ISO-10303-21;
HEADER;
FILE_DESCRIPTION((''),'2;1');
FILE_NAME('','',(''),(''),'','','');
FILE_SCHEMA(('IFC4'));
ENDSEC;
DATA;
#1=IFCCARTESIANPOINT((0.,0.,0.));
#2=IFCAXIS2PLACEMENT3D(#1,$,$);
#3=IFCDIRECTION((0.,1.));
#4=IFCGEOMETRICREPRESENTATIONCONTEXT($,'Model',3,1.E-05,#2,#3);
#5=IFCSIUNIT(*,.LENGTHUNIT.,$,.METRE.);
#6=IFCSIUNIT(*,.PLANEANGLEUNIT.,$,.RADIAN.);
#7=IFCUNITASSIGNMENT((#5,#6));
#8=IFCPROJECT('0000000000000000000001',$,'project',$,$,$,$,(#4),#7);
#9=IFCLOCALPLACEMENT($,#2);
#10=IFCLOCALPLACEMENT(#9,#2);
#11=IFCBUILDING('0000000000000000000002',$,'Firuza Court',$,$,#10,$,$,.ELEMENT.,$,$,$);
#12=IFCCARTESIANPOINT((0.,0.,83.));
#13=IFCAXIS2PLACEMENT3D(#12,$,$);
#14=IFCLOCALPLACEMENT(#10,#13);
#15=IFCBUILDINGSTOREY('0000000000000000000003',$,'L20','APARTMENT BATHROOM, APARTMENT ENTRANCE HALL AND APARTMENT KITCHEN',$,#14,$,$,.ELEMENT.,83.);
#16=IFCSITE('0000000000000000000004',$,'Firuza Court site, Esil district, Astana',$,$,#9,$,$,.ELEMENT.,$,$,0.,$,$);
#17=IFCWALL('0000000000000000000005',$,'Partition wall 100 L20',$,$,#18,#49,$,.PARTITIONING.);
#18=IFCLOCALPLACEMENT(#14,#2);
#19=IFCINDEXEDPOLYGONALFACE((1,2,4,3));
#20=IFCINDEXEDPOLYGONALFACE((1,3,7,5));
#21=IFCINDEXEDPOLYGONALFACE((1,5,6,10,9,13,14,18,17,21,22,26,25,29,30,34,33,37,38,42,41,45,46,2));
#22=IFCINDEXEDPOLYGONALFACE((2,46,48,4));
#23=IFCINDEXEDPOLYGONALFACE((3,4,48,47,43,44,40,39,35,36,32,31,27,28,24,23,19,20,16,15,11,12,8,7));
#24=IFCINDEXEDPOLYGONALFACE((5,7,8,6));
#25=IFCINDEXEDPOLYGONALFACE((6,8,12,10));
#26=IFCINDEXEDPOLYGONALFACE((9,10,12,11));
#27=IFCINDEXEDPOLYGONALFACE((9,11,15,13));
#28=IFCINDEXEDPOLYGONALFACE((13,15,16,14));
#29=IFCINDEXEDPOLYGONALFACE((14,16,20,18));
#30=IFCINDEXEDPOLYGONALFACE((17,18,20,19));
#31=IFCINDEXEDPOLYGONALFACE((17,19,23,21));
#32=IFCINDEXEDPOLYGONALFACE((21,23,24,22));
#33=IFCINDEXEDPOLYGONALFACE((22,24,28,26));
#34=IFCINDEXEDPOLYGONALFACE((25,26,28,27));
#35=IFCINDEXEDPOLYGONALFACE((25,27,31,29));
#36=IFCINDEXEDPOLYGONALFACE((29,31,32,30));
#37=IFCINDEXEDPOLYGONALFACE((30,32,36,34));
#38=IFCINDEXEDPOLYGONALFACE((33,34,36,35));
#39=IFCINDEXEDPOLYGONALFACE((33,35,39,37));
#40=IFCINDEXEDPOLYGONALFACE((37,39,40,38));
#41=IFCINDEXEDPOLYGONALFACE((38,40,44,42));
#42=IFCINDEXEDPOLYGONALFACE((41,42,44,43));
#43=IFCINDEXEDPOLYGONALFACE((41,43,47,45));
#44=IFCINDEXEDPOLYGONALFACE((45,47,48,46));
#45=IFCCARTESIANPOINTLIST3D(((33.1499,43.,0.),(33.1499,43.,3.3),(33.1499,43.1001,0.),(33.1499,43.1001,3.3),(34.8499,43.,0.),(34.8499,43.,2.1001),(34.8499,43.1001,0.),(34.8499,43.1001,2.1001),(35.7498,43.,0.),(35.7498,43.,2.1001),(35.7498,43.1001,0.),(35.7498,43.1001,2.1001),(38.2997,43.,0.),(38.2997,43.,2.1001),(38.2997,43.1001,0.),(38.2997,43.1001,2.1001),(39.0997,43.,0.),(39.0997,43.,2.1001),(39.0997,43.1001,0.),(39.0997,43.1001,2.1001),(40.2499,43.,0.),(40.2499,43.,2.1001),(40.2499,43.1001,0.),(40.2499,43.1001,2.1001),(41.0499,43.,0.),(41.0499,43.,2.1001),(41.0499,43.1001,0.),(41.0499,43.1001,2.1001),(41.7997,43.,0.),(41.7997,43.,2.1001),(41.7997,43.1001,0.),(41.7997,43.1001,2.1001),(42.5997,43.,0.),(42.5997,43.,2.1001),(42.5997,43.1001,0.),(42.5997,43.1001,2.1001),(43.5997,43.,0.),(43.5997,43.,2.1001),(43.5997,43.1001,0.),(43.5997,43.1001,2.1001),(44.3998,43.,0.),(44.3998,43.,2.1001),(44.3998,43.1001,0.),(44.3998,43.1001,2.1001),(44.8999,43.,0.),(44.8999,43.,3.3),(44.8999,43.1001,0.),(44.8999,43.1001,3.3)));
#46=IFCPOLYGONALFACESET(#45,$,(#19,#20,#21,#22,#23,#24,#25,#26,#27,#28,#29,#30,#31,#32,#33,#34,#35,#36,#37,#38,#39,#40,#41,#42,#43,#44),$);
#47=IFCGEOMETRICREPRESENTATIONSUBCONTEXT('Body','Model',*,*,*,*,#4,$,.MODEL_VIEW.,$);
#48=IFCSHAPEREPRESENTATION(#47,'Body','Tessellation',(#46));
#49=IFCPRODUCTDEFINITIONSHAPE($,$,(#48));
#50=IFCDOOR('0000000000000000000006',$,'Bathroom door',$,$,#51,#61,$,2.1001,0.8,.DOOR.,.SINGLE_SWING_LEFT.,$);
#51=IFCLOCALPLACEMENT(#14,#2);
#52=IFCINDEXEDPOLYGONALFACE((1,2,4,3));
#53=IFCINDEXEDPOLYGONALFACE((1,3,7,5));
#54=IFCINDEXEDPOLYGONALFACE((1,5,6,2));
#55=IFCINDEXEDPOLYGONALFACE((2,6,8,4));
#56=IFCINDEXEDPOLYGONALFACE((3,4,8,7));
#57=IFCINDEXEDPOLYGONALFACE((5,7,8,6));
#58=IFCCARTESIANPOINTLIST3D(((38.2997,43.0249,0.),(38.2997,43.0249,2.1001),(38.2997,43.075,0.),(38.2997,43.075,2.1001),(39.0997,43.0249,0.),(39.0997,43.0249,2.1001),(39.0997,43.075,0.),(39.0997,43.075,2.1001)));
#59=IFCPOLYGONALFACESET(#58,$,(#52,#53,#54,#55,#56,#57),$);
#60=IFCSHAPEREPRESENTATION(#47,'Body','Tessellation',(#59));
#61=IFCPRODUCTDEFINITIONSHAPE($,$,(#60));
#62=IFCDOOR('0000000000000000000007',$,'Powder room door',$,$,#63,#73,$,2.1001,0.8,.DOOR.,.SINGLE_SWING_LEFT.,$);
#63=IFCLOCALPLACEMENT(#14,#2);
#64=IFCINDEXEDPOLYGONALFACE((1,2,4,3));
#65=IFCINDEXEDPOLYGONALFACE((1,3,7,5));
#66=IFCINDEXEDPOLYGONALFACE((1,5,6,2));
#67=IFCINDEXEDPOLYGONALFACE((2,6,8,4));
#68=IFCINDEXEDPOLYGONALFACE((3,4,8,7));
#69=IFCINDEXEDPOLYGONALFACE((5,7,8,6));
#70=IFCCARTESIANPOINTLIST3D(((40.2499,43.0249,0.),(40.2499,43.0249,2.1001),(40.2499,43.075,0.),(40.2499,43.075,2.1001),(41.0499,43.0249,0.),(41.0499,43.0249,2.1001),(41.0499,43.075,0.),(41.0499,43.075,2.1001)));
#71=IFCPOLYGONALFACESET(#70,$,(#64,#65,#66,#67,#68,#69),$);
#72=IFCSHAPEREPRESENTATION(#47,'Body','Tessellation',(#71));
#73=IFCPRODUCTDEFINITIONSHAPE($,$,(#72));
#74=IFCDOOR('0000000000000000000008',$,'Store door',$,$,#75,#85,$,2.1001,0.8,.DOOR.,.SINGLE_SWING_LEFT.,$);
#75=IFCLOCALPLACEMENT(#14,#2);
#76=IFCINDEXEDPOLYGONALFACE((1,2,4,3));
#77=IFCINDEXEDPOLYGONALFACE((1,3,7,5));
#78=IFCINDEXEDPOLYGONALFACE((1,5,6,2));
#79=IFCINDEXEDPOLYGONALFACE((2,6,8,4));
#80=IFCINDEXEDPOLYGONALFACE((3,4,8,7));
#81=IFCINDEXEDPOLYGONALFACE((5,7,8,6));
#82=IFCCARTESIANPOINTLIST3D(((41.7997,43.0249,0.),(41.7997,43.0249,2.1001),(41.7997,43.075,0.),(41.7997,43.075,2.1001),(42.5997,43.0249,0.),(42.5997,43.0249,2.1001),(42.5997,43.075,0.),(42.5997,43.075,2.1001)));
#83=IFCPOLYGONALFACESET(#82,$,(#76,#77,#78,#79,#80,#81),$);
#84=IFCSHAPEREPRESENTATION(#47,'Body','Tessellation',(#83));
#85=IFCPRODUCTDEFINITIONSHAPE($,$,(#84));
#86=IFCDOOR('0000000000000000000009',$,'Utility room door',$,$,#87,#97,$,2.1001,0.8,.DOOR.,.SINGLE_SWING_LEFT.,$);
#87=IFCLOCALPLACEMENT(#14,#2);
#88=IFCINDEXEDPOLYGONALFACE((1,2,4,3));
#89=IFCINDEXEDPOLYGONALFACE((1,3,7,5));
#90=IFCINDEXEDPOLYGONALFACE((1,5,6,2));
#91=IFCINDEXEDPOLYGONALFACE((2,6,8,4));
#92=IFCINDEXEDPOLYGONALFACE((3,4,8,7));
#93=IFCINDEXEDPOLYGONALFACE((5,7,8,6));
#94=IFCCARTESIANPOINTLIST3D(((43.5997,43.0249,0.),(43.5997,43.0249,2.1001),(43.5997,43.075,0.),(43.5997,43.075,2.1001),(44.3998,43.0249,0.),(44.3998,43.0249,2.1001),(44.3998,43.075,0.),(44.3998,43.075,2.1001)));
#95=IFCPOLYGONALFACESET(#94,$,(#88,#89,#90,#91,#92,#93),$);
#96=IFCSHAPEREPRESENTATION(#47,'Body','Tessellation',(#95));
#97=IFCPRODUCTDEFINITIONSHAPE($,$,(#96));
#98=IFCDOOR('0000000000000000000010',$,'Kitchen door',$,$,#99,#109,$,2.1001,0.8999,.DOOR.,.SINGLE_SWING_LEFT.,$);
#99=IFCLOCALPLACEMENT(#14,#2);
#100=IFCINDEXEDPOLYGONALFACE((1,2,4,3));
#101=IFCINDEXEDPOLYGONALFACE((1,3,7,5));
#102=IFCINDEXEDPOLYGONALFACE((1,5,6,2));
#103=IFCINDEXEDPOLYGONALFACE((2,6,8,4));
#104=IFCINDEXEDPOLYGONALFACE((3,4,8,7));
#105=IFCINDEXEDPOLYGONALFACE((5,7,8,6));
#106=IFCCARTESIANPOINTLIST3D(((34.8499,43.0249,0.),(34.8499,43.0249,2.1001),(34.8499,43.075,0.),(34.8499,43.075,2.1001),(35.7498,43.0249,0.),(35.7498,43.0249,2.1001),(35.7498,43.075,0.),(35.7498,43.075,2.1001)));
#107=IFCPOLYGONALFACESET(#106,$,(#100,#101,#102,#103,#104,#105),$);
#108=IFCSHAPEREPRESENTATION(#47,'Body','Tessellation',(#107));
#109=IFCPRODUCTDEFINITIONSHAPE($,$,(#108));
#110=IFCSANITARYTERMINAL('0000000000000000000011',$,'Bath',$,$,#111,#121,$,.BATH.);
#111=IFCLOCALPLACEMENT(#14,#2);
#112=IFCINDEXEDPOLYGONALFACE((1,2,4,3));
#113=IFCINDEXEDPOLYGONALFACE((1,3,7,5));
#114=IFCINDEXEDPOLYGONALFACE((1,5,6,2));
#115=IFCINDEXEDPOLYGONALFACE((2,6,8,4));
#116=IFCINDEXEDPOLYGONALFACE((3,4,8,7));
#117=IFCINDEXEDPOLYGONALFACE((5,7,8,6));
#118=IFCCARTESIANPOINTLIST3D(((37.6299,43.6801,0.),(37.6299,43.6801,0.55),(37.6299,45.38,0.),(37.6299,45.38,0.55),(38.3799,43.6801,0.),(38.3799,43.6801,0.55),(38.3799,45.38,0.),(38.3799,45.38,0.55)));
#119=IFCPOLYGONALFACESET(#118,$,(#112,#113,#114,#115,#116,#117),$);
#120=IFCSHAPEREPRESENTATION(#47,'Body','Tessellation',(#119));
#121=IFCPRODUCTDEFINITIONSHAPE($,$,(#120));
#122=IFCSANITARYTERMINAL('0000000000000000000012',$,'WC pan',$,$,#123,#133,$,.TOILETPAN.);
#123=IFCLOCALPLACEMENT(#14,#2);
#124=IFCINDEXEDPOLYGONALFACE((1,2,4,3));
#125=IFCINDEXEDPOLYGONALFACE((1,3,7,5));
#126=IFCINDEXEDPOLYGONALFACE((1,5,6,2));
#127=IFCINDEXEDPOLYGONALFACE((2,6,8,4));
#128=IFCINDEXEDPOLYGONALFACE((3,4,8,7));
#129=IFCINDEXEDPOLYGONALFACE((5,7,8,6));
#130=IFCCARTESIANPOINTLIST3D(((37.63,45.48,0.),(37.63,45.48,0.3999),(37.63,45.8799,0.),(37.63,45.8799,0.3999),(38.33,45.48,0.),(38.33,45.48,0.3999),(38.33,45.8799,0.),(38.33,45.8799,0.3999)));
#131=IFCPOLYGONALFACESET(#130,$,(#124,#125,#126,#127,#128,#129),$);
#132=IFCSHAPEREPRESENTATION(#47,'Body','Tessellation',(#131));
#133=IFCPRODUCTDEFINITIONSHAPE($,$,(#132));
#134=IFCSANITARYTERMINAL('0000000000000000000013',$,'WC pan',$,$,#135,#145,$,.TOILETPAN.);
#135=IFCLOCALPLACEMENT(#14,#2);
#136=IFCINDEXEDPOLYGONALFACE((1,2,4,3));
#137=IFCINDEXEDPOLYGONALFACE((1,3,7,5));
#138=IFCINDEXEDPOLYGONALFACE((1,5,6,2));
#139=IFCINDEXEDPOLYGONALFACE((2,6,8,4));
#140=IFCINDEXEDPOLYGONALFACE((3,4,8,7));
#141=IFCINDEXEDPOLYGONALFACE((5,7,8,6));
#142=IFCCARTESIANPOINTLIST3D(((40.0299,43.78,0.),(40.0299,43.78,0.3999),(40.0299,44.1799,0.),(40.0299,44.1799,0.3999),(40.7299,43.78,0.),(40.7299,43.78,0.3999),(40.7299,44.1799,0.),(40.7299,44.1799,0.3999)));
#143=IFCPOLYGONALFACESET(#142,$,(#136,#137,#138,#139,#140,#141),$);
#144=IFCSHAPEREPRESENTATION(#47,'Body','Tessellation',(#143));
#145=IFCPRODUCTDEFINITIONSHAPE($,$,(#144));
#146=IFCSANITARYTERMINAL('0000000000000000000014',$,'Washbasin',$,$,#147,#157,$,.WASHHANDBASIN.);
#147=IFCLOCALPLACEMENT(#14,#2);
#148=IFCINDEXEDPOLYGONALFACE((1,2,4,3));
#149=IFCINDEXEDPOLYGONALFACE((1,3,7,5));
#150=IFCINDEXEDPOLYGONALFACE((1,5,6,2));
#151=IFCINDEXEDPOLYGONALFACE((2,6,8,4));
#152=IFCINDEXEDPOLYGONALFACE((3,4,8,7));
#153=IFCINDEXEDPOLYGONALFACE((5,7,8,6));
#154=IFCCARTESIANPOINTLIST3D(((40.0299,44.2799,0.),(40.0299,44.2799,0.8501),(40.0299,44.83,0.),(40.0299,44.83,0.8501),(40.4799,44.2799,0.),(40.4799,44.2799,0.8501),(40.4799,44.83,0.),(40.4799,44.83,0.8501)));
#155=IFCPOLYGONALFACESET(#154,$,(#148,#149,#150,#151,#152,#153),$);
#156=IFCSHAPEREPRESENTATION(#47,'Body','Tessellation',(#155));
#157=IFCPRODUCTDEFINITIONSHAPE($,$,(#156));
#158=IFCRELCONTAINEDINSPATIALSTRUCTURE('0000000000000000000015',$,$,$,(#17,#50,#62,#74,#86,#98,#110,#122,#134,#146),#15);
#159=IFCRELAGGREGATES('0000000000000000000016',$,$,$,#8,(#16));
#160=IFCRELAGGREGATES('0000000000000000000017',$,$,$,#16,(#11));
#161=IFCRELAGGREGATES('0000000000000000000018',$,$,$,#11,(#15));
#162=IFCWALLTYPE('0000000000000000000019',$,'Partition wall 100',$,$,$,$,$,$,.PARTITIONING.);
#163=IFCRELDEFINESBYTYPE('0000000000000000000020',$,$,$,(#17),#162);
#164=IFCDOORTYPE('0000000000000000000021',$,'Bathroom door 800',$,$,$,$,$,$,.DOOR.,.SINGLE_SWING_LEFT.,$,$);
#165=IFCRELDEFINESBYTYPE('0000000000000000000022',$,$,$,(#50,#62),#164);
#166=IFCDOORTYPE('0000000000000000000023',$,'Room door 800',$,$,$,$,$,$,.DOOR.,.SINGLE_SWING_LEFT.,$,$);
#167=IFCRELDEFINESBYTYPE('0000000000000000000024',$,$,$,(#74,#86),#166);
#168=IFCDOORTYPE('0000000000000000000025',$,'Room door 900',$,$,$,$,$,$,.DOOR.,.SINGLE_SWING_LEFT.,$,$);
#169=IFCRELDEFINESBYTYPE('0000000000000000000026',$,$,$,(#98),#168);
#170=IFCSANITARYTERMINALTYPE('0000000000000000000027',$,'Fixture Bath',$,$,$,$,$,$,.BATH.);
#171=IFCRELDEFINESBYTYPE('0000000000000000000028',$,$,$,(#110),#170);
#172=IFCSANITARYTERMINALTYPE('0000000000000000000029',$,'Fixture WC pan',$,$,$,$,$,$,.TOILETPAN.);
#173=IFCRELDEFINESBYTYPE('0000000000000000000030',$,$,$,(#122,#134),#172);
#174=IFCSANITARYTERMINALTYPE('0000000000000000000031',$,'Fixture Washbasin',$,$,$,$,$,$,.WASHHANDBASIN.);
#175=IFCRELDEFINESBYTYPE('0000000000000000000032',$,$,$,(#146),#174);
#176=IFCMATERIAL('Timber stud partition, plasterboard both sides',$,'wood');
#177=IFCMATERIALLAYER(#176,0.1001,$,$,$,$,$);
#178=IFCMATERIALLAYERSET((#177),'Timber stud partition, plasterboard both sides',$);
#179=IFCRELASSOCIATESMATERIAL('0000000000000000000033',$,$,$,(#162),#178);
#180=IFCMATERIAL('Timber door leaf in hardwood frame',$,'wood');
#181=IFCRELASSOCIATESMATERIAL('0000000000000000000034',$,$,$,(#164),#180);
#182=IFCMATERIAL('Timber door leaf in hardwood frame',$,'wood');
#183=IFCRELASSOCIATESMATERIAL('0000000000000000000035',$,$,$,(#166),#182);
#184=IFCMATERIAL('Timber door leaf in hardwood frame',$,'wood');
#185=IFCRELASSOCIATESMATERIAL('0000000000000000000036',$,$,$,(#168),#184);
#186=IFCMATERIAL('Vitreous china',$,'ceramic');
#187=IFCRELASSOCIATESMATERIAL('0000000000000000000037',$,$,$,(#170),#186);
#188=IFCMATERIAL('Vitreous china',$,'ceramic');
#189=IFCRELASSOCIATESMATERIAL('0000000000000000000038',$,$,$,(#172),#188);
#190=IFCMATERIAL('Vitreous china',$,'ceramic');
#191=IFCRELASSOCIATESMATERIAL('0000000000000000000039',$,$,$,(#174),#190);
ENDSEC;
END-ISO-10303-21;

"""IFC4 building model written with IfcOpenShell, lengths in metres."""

from ifc_helpers import new_model, si_unit, direction, frame, frame_2d, origin, origin_2d, place, context, subcontext, project, spatial, rectangle, extrude, material, layer, layer_set, type_object, element, fill, save


model = new_model("IFC4")

# Units and contexts
model_context = context("Model", 3, precision=1e-05, world=origin(), true_north=direction((0.0, 1.0)))
body_context = subcontext(model_context, "Body", "Model", "MODEL_VIEW")
ifc_project = project(units=[si_unit("LENGTHUNIT", "METRE"), si_unit("PLANEANGLEUNIT", "RADIAN")], contexts=[model_context])

# Site, building, storey
site_placement = place(None, origin())
site = spatial("IfcSite", under=ifc_project, at=site_placement, Name="Firuza Court site, Esil district, Astana", CompositionType="ELEMENT", RefElevation=0.0)
building_placement = place(site_placement, origin())
building = spatial("IfcBuilding", under=site, at=building_placement, Name="Firuza Court", CompositionType="ELEMENT")
storey_placement = place(building_placement, frame((0.0, 0.0, 83.0)))
storey = spatial("IfcBuildingStorey", under=building, at=storey_placement, Name="L20", Description="APARTMENT BATHROOM, APARTMENT ENTRANCE HALL AND APARTMENT KITCHEN", CompositionType="ELEMENT", Elevation=83.0)

# Shared definitions
ifc_material_1 = material(Name="Timber stud partition, plasterboard both sides", Category="wood")
ifc_layer_1 = layer(ifc_material_1, 0.1001)
ifc_layer_set_1 = layer_set([ifc_layer_1], Name="Timber stud partition, plasterboard both sides")
wall_type_1 = type_object("IfcWallType", Name="Partition wall 100", PredefinedType="PARTITIONING", material=ifc_layer_set_1)

# Wall, openings, doors
wall_1_placement = place(storey_placement, frame((33.1499, 43.05, 0.0), z_axis=(0.0, 0.0, 1.0), x_axis=(1.0, 0.0, 0.0)))
wall_1 = element("IfcWall", 1, at=wall_1_placement, inside=storey, type_object=wall_type_1, Name="Partition wall 100 L20", PredefinedType="PARTITIONING", context=body_context, shape_type="SweptSolid", body=[
    extrude(rectangle(XDim=11.75, YDim=0.1001, at=frame_2d((5.875, 0.0))), origin(), (0.0, 0.0, 1.0), 3.3),
])
opening_1_placement = place(wall_1_placement, frame((5.1499, 0.0, 0.0)))
opening_1 = element("IfcOpeningElement", 2, at=opening_1_placement, cuts=wall_1, PredefinedType="OPENING", context=body_context, shape_type="SweptSolid", body=[
    extrude(rectangle(XDim=0.8, YDim=2.1001, at=frame_2d((0.3999, 1.05))), frame((0.0, 0.062, 0.0), z_axis=(0.0, -1.0, 0.0), x_axis=(1.0, 0.0, 0.0)), (0.0, 0.0, 1.0), 0.124),
])
opening_2_placement = place(wall_1_placement, frame((1.7, 0.0, 0.0)))
opening_2 = element("IfcOpeningElement", 3, at=opening_2_placement, cuts=wall_1, PredefinedType="OPENING", context=body_context, shape_type="SweptSolid", body=[
    extrude(rectangle(XDim=0.8999, YDim=2.1001, at=frame_2d((0.45, 1.05))), frame((0.0, 0.062, 0.0), z_axis=(0.0, -1.0, 0.0), x_axis=(1.0, 0.0, 0.0)), (0.0, 0.0, 1.0), 0.124),
])
opening_3_placement = place(wall_1_placement, frame((8.6499, 0.0, 0.0)))
opening_3 = element("IfcOpeningElement", 4, at=opening_3_placement, cuts=wall_1, PredefinedType="OPENING", context=body_context, shape_type="SweptSolid", body=[
    extrude(rectangle(XDim=0.8, YDim=2.1001, at=frame_2d((0.3999, 1.05))), frame((0.0, 0.062, 0.0), z_axis=(0.0, -1.0, 0.0), x_axis=(1.0, 0.0, 0.0)), (0.0, 0.0, 1.0), 0.124),
])
opening_4_placement = place(wall_1_placement, frame((10.45, 0.0, 0.0)))
opening_4 = element("IfcOpeningElement", 5, at=opening_4_placement, cuts=wall_1, PredefinedType="OPENING", context=body_context, shape_type="SweptSolid", body=[
    extrude(rectangle(XDim=0.8, YDim=2.1001, at=frame_2d((0.3999, 1.05))), frame((0.0, 0.062, 0.0), z_axis=(0.0, -1.0, 0.0), x_axis=(1.0, 0.0, 0.0)), (0.0, 0.0, 1.0), 0.124),
])
opening_5_placement = place(wall_1_placement, frame((7.1001, 0.0, 0.0)))
opening_5 = element("IfcOpeningElement", 6, at=opening_5_placement, cuts=wall_1, PredefinedType="OPENING", context=body_context, shape_type="SweptSolid", body=[
    extrude(rectangle(XDim=0.8, YDim=2.1001, at=frame_2d((0.3999, 1.05))), frame((0.0, 0.062, 0.0), z_axis=(0.0, -1.0, 0.0), x_axis=(1.0, 0.0, 0.0)), (0.0, 0.0, 1.0), 0.124),
])
ifc_material_2 = material(Name="Timber door leaf in hardwood frame", Category="wood")
door_type_1 = type_object("IfcDoorType", Name="Bathroom door 800", OperationType="SINGLE_SWING_LEFT", PredefinedType="DOOR", material=ifc_material_2)
door_1_placement = place(opening_1_placement, origin())
door_1 = element("IfcDoor", 7, at=door_1_placement, inside=storey, type_object=door_type_1, Name="Bathroom door", OperationType="SINGLE_SWING_LEFT", OverallHeight=2.1001, OverallWidth=0.8, PredefinedType="DOOR", context=body_context, shape_type="SweptSolid", body=[
    extrude(rectangle(XDim=0.8, YDim=2.1001, at=frame_2d((0.3999, 1.05))), frame((0.0, 0.0249, 0.0), z_axis=(0.0, -1.0, 0.0), x_axis=(1.0, 0.0, 0.0)), (0.0, 0.0, 1.0), 0.05),
])
fill(opening_1, door_1)
door_2_placement = place(opening_5_placement, origin())
door_2 = element("IfcDoor", 8, at=door_2_placement, inside=storey, type_object=door_type_1, Name="Powder room door", OperationType="SINGLE_SWING_LEFT", OverallHeight=2.1001, OverallWidth=0.8, PredefinedType="DOOR", context=body_context, shape_type="SweptSolid", body=[
    extrude(rectangle(XDim=0.8, YDim=2.1001, at=frame_2d((0.3999, 1.05))), frame((0.0, 0.0249, 0.0), z_axis=(0.0, -1.0, 0.0), x_axis=(1.0, 0.0, 0.0)), (0.0, 0.0, 1.0), 0.05),
])
fill(opening_5, door_2)
ifc_material_3 = material(Name="Timber door leaf in hardwood frame", Category="wood")
door_type_2 = type_object("IfcDoorType", Name="Room door 800", OperationType="SINGLE_SWING_LEFT", PredefinedType="DOOR", material=ifc_material_3)
door_3_placement = place(opening_3_placement, origin())
door_3 = element("IfcDoor", 9, at=door_3_placement, inside=storey, type_object=door_type_2, Name="Store door", OperationType="SINGLE_SWING_LEFT", OverallHeight=2.1001, OverallWidth=0.8, PredefinedType="DOOR", context=body_context, shape_type="SweptSolid", body=[
    extrude(rectangle(XDim=0.8, YDim=2.1001, at=frame_2d((0.3999, 1.05))), frame((0.0, 0.0249, 0.0), z_axis=(0.0, -1.0, 0.0), x_axis=(1.0, 0.0, 0.0)), (0.0, 0.0, 1.0), 0.05),
])
fill(opening_3, door_3)
door_4_placement = place(opening_4_placement, origin())
door_4 = element("IfcDoor", 10, at=door_4_placement, inside=storey, type_object=door_type_2, Name="Utility room door", OperationType="SINGLE_SWING_LEFT", OverallHeight=2.1001, OverallWidth=0.8, PredefinedType="DOOR", context=body_context, shape_type="SweptSolid", body=[
    extrude(rectangle(XDim=0.8, YDim=2.1001, at=frame_2d((0.3999, 1.05))), frame((0.0, 0.0249, 0.0), z_axis=(0.0, -1.0, 0.0), x_axis=(1.0, 0.0, 0.0)), (0.0, 0.0, 1.0), 0.05),
])
fill(opening_4, door_4)
ifc_material_4 = material(Name="Timber door leaf in hardwood frame", Category="wood")
door_type_3 = type_object("IfcDoorType", Name="Room door 900", OperationType="SINGLE_SWING_LEFT", PredefinedType="DOOR", material=ifc_material_4)
door_5_placement = place(opening_2_placement, origin())
door_5 = element("IfcDoor", 11, at=door_5_placement, inside=storey, type_object=door_type_3, Name="Kitchen door", OperationType="SINGLE_SWING_LEFT", OverallHeight=2.1001, OverallWidth=0.8999, PredefinedType="DOOR", context=body_context, shape_type="SweptSolid", body=[
    extrude(rectangle(XDim=0.8999, YDim=2.1001, at=frame_2d((0.45, 1.05))), frame((0.0, 0.0249, 0.0), z_axis=(0.0, -1.0, 0.0), x_axis=(1.0, 0.0, 0.0)), (0.0, 0.0, 1.0), 0.05),
])
fill(opening_2, door_5)

# Sanitary terminals
ifc_material_5 = material(Name="Vitreous china", Category="ceramic")
sanitary_terminal_type_1 = type_object("IfcSanitaryTerminalType", Name="Fixture Bath", PredefinedType="BATH", material=ifc_material_5)
sanitary_terminal_1_placement = place(storey_placement, frame((38.0049, 44.53, 0.0), z_axis=(0.0, 0.0, 1.0), x_axis=(1.0, 0.0, 0.0)))
element("IfcSanitaryTerminal", 12, at=sanitary_terminal_1_placement, inside=storey, type_object=sanitary_terminal_type_1, Name="Bath", PredefinedType="BATH", context=body_context, shape_type="SweptSolid", body=[
    extrude(rectangle(XDim=0.75, YDim=1.7, at=origin_2d()), origin(), (0.0, 0.0, 1.0), 0.55),
])
ifc_material_6 = material(Name="Vitreous china", Category="ceramic")
sanitary_terminal_type_2 = type_object("IfcSanitaryTerminalType", Name="Fixture WC pan", PredefinedType="TOILETPAN", material=ifc_material_6)
for number, where, z_axis, x_axis, name in (
    (13, (37.98, 45.6799, 0.0), (0.0, 0.0, 1.0), (1.0, 0.0, 0.0), "WC pan"),
    (14, (40.3799, 43.98, 0.0), (0.0, 0.0, 1.0), (1.0, 0.0, 0.0), "WC pan"),
):
    element("IfcSanitaryTerminal", number, at=place(storey_placement, frame(where, z_axis=z_axis, x_axis=x_axis)), inside=storey, type_object=sanitary_terminal_type_2, Name=name, PredefinedType="TOILETPAN", context=body_context, shape_type="SweptSolid", body=[
        extrude(rectangle(XDim=0.7, YDim=0.3999, at=origin_2d()), origin(), (0.0, 0.0, 1.0), 0.3999),
    ])
ifc_material_7 = material(Name="Vitreous china", Category="ceramic")
sanitary_terminal_type_3 = type_object("IfcSanitaryTerminalType", Name="Fixture Washbasin", PredefinedType="WASHHANDBASIN", material=ifc_material_7)
sanitary_terminal_2_placement = place(storey_placement, frame((40.2549, 44.5549, 0.0), z_axis=(0.0, 0.0, 1.0), x_axis=(1.0, 0.0, 0.0)))
element("IfcSanitaryTerminal", 15, at=sanitary_terminal_2_placement, inside=storey, type_object=sanitary_terminal_type_3, Name="Washbasin", PredefinedType="WASHHANDBASIN", context=body_context, shape_type="SweptSolid", body=[
    extrude(rectangle(XDim=0.45, YDim=0.55, at=origin_2d()), origin(), (0.0, 0.0, 1.0), 0.8501),
])

save(model, "model.ifc")
